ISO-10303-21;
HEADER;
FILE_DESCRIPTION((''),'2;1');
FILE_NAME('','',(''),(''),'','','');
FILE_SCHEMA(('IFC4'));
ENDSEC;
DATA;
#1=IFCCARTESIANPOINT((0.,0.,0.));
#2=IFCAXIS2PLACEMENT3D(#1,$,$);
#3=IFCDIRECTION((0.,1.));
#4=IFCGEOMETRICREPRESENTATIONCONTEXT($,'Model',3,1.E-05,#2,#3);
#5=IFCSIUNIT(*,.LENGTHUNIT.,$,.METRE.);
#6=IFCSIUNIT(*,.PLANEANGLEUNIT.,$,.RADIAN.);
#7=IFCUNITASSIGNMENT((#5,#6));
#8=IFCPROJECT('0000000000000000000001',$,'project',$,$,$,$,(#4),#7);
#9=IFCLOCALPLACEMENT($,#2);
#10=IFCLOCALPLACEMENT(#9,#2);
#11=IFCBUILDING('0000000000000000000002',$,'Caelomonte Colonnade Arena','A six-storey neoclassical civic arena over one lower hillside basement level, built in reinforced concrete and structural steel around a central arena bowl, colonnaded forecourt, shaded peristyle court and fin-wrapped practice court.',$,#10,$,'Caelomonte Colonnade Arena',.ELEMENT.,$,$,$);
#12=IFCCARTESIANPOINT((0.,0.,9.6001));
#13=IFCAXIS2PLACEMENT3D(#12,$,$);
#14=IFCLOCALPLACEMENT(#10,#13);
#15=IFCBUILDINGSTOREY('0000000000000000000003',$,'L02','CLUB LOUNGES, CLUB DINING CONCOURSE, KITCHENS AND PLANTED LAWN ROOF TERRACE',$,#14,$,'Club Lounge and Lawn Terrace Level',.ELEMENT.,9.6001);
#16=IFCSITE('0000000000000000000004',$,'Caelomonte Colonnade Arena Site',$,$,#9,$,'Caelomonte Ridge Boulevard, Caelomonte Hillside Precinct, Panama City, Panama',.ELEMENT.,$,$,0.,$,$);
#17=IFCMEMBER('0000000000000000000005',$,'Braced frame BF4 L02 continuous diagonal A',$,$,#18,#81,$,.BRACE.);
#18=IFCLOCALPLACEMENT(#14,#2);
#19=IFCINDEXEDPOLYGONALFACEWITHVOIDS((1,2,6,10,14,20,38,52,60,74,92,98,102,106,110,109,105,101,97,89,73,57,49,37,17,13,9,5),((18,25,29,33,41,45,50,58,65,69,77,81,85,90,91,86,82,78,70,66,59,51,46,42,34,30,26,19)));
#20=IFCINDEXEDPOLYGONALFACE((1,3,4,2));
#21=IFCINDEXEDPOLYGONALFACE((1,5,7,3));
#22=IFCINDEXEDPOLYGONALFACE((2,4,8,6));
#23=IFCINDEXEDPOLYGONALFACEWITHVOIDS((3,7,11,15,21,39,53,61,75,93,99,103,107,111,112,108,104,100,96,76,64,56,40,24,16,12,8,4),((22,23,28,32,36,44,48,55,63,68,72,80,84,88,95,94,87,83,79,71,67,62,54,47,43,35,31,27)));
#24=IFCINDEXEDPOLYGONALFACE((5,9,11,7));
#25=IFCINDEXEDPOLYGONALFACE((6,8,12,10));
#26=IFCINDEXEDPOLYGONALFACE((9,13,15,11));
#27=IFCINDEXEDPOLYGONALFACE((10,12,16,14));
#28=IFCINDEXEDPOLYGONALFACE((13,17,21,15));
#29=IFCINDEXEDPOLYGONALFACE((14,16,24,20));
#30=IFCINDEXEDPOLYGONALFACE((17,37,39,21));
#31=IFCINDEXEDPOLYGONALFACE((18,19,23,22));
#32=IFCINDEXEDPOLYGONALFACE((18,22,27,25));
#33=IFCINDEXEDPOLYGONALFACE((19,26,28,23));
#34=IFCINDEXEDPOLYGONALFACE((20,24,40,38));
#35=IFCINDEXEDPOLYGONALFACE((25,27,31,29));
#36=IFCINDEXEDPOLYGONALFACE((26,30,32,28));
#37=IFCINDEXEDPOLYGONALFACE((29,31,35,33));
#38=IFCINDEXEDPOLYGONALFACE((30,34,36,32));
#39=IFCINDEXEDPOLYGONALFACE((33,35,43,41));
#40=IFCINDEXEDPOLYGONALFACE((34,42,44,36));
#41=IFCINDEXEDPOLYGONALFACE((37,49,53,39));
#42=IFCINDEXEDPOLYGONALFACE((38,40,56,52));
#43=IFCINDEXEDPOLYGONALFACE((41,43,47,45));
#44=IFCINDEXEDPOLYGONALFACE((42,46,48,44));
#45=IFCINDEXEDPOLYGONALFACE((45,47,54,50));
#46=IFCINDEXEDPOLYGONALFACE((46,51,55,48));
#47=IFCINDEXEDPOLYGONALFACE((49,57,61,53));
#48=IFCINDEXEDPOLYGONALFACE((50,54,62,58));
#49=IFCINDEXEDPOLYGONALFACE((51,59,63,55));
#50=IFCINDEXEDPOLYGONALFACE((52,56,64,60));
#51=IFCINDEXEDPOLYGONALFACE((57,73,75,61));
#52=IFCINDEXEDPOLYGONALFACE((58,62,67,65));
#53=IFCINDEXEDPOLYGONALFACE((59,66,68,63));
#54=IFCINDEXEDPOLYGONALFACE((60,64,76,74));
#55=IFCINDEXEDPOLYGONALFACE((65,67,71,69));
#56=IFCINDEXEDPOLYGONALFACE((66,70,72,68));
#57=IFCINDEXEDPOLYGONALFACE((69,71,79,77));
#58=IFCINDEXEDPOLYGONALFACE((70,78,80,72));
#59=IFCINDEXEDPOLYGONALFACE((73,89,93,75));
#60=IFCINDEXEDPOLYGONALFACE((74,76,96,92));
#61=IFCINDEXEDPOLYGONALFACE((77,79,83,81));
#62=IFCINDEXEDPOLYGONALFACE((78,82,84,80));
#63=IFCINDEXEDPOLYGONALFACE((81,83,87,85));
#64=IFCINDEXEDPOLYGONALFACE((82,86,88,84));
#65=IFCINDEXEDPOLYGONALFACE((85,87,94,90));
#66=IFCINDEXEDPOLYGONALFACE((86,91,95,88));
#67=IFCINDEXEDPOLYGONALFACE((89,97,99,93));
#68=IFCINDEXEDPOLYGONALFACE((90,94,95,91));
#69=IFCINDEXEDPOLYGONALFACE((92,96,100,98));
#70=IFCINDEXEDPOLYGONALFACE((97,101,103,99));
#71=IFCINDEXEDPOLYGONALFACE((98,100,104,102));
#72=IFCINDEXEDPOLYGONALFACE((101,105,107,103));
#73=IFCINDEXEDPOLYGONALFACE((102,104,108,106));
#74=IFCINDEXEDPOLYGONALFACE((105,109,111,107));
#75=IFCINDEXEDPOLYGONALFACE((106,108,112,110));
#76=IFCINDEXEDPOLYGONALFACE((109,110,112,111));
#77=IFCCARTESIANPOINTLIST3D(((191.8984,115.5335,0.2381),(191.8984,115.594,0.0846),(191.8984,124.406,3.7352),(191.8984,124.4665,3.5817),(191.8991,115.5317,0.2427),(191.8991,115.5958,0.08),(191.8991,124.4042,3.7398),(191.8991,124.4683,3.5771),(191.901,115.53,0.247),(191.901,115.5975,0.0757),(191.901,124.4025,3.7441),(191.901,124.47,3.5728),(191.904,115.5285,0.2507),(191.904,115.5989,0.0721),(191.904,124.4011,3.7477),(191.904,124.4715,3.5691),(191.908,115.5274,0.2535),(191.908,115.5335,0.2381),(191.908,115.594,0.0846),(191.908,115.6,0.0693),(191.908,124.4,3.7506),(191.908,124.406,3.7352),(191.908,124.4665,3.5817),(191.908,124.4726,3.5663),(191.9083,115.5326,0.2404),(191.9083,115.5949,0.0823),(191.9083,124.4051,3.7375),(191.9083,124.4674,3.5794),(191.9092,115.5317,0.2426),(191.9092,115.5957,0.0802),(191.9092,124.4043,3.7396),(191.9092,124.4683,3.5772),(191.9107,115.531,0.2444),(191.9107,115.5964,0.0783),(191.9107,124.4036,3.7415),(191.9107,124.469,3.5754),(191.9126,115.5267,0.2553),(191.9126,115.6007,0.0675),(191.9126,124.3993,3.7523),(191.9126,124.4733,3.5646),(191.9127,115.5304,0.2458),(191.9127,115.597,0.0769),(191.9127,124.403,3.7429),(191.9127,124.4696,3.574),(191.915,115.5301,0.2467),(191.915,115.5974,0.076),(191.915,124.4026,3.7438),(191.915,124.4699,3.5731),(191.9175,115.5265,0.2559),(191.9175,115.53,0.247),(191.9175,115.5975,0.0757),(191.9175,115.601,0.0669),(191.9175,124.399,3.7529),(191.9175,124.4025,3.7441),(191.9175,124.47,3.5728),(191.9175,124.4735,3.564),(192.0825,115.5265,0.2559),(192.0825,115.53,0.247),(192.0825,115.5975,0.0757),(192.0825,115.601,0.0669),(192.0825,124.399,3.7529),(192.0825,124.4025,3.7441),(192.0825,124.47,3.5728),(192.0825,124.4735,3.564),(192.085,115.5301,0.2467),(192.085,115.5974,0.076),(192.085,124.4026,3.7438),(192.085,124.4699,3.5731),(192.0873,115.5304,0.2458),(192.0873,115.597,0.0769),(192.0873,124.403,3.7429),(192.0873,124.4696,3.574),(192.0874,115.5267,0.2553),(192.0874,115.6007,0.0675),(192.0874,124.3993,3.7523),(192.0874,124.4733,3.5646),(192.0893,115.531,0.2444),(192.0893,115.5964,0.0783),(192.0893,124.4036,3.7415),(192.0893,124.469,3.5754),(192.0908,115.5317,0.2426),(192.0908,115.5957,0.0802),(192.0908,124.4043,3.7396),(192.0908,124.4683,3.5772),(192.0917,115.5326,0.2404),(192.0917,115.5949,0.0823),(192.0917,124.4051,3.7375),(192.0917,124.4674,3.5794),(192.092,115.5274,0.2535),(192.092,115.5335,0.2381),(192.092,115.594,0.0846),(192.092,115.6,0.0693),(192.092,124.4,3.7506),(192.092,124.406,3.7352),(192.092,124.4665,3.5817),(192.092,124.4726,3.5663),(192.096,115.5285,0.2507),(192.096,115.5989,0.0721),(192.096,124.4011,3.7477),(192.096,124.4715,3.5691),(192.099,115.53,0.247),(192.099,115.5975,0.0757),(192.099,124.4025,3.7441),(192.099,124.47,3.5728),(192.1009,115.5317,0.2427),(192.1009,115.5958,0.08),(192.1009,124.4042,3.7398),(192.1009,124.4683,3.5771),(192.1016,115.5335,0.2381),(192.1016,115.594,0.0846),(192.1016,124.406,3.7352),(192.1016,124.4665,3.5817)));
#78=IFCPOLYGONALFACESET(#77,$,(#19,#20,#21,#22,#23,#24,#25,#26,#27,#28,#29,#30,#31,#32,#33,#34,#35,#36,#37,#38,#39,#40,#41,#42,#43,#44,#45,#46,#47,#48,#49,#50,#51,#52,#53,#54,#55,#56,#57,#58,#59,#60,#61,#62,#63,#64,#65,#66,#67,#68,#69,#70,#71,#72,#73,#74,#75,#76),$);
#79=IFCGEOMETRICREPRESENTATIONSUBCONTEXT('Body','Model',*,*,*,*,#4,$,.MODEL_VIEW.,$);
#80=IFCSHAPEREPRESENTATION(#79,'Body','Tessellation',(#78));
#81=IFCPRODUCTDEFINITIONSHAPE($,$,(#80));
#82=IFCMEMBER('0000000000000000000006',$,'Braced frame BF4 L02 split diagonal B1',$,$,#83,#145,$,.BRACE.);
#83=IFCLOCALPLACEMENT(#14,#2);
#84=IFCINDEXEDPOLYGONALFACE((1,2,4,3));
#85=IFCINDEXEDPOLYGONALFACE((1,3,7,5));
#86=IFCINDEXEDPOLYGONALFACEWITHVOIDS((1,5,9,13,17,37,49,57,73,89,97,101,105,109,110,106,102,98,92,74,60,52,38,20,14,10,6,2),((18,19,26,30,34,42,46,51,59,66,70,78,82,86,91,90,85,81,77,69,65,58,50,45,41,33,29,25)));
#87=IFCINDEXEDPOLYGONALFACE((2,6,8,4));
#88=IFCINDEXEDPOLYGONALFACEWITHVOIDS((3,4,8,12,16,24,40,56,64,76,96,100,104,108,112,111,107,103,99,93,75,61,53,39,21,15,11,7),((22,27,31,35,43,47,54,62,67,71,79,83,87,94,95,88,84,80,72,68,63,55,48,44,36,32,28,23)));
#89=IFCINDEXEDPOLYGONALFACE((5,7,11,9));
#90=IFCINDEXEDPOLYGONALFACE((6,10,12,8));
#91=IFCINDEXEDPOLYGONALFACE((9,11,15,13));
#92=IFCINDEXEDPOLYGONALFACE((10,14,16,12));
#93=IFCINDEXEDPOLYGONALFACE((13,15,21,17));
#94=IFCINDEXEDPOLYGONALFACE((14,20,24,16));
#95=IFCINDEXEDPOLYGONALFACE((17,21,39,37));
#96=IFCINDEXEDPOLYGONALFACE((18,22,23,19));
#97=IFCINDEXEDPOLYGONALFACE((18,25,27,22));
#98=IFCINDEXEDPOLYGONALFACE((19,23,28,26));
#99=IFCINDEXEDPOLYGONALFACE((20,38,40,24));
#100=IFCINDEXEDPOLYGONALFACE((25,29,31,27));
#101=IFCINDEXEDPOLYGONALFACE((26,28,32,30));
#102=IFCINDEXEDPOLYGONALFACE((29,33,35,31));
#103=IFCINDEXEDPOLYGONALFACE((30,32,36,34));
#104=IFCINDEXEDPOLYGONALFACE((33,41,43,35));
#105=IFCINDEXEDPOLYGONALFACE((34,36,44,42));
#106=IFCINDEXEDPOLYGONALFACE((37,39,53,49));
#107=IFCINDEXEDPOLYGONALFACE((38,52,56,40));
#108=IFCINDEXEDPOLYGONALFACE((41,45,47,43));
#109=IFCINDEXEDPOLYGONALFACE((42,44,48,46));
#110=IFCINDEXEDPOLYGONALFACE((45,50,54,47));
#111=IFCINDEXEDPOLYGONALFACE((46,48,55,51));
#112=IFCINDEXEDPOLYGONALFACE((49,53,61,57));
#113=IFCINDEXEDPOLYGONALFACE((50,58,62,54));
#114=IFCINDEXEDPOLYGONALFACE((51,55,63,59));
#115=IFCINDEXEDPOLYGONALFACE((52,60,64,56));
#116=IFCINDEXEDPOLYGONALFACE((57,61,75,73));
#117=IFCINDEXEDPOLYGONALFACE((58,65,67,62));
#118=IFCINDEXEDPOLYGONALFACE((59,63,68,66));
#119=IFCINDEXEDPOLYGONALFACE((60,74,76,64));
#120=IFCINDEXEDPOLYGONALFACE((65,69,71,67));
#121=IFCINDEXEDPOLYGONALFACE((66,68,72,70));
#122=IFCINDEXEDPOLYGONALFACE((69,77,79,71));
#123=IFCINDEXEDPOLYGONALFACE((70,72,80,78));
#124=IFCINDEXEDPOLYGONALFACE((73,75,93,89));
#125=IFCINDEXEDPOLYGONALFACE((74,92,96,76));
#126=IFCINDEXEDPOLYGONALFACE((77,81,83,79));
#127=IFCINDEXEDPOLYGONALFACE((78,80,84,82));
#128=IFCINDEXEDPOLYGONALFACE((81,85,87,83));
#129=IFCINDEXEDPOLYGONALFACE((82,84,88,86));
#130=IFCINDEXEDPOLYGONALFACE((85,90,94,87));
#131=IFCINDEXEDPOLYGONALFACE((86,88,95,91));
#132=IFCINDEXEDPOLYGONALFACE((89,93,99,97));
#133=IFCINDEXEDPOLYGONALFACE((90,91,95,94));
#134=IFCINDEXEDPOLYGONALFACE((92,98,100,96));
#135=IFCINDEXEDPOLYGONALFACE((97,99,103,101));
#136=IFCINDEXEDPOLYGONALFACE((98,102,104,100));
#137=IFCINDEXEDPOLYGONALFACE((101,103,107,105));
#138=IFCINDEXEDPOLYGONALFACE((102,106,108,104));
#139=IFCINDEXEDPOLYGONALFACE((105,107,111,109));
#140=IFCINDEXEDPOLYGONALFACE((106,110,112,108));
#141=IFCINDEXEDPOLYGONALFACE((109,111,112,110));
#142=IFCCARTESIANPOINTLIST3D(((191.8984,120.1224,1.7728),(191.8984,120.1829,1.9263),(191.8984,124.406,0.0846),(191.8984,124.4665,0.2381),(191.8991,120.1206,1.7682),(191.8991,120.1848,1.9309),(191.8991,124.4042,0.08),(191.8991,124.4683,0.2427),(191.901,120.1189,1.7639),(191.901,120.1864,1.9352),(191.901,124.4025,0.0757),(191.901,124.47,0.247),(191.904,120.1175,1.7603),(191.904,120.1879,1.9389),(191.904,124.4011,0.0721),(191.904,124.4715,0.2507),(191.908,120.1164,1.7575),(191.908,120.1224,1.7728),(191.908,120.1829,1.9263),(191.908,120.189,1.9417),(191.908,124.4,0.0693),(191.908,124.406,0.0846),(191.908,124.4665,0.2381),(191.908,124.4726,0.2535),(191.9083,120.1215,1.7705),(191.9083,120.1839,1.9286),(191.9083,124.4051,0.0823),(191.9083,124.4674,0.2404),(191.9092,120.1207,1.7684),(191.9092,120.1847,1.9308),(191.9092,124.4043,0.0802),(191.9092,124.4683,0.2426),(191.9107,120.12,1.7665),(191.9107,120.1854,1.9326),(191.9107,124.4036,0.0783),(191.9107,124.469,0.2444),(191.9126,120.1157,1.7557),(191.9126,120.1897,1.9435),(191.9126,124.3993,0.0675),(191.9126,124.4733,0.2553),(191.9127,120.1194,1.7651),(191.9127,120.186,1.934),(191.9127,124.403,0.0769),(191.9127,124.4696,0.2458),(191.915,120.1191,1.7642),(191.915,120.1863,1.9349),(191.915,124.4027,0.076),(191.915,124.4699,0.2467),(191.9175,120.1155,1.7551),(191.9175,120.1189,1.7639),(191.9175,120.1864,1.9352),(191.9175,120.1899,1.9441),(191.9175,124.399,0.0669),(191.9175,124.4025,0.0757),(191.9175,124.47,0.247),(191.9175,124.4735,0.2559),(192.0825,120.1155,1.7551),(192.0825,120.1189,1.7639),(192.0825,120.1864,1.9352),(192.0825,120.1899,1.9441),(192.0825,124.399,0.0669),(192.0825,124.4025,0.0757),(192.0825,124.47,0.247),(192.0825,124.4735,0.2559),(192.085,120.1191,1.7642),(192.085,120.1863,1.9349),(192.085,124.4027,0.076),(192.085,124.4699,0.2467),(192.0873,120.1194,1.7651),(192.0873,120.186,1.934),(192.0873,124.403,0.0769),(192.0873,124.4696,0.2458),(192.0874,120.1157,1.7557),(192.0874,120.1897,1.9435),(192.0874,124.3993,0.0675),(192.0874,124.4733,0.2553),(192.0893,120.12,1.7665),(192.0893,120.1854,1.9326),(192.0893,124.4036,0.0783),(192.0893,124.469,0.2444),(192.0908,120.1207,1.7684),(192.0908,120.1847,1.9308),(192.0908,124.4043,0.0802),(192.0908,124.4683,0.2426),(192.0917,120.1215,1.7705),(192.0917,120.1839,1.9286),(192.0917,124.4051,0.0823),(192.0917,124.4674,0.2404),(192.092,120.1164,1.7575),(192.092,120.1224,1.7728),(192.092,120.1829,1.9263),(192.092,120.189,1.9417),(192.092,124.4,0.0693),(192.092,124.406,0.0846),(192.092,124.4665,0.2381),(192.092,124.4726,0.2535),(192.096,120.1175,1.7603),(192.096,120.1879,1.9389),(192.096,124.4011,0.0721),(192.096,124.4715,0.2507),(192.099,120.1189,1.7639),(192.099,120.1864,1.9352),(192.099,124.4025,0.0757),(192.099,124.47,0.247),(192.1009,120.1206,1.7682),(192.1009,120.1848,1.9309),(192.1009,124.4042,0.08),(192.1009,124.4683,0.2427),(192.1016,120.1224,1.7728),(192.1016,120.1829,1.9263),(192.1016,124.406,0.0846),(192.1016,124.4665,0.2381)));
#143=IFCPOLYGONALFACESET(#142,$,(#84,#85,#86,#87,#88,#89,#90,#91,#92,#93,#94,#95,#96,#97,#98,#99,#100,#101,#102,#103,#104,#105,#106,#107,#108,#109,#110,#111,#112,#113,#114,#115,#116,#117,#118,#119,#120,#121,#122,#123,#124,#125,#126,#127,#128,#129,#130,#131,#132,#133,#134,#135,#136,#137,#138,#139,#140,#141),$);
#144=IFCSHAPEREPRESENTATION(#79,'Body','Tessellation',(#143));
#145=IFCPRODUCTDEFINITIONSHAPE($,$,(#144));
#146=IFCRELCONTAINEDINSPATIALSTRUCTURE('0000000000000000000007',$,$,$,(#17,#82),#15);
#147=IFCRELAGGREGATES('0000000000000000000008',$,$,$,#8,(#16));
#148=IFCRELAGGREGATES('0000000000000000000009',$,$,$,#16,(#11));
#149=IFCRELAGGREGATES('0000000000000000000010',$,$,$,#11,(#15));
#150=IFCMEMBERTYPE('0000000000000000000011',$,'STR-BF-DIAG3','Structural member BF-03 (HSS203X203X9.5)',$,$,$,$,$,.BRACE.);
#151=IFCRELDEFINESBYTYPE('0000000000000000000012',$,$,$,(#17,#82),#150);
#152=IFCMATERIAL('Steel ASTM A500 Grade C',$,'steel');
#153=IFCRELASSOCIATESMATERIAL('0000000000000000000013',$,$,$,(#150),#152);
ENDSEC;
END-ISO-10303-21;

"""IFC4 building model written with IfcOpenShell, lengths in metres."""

from ifc_helpers import new_model, si_unit, direction, frame, origin, origin_2d, place, context, subcontext, project, spatial, hollow_rectangle, extrude, material, material_profile, profile_set, type_object, element, save


model = new_model("IFC4")

# Units and contexts
model_context = context("Model", 3, precision=1e-05, world=origin(), true_north=direction((0.0, 1.0)))
body_context = subcontext(model_context, "Body", "Model", "MODEL_VIEW")
ifc_project = project(units=[si_unit("LENGTHUNIT", "METRE"), si_unit("PLANEANGLEUNIT", "RADIAN")], contexts=[model_context])

# Site, building, storey
site_placement = place(None, origin())
site = spatial("IfcSite", under=ifc_project, at=site_placement, Name="Caelomonte Colonnade Arena Site", LongName="Caelomonte Ridge Boulevard, Caelomonte Hillside Precinct, Panama City, Panama", CompositionType="ELEMENT", RefElevation=0.0)
building_placement = place(site_placement, origin())
building = spatial("IfcBuilding", under=site, at=building_placement, Name="Caelomonte Colonnade Arena", Description="A six-storey neoclassical civic arena over one lower hillside basement level, built in reinforced concrete and structural steel around a central arena bowl, colonnaded forecourt, shaded peristyle court and fin-wrapped practice court.", LongName="Caelomonte Colonnade Arena", CompositionType="ELEMENT")
storey_placement = place(building_placement, frame((0.0, 0.0, 9.6001)))
storey = spatial("IfcBuildingStorey", under=building, at=storey_placement, Name="L02", Description="CLUB LOUNGES, CLUB DINING CONCOURSE, KITCHENS AND PLANTED LAWN ROOF TERRACE", LongName="Club Lounge and Lawn Terrace Level", CompositionType="ELEMENT", Elevation=9.6001)

# Members
ifc_material_1 = material(Name="Steel ASTM A500 Grade C", Category="steel")
ifc_material_profile_1 = material_profile(ifc_material_1, hollow_rectangle(XDim=0.2031, YDim=0.2031, WallThickness=0.0095, InnerFilletRadius=0.0095, OuterFilletRadius=0.019, at=origin_2d()), Name="HSS203X203X9.5")
ifc_profile_set_1 = profile_set([ifc_material_profile_1], Name="Steel ASTM A500 Grade C")
member_type_1 = type_object("IfcMemberType", Name="STR-BF-DIAG3", Description="Structural member BF-03 (HSS203X203X9.5)", PredefinedType="BRACE", material=ifc_profile_set_1)
member_1_placement = place(storey_placement, frame((192.0, 115.5637, 0.1614), z_axis=(0.0, 0.930343, 0.36669), x_axis=(-1.0, 0.0, 0.0)))
element("IfcMember", 1, at=member_1_placement, inside=storey, type_object=member_type_1, Name="Braced frame BF4 L02 continuous diagonal A", PredefinedType="BRACE", context=body_context, shape_type="SweptSolid", body=[
    extrude(hollow_rectangle(XDim=0.2031, YDim=0.2031, WallThickness=0.0095, InnerFilletRadius=0.0095, OuterFilletRadius=0.019, at=origin_2d()), origin(), (0.0, 0.0, 1.0), 9.5369),
])
for number, where, z_axis, x_axis, name in (
    (2, (192.0, 124.4363, 0.1614), (0.0, -0.930355, 0.366659), (1.0, 0.0, 0.0), "Braced frame BF4 L02 split diagonal B1"),
):
    element("IfcMember", number, at=place(storey_placement, frame(where, z_axis=z_axis, x_axis=x_axis)), inside=storey, type_object=member_type_1, Name=name, PredefinedType="BRACE", context=body_context, shape_type="SweptSolid", body=[
        extrude(hollow_rectangle(XDim=0.2031, YDim=0.2031, WallThickness=0.0095, InnerFilletRadius=0.0095, OuterFilletRadius=0.019, at=origin_2d()), origin(), (0.0, 0.0, 1.0), 4.6042),
    ])

save(model, "model.ifc")
